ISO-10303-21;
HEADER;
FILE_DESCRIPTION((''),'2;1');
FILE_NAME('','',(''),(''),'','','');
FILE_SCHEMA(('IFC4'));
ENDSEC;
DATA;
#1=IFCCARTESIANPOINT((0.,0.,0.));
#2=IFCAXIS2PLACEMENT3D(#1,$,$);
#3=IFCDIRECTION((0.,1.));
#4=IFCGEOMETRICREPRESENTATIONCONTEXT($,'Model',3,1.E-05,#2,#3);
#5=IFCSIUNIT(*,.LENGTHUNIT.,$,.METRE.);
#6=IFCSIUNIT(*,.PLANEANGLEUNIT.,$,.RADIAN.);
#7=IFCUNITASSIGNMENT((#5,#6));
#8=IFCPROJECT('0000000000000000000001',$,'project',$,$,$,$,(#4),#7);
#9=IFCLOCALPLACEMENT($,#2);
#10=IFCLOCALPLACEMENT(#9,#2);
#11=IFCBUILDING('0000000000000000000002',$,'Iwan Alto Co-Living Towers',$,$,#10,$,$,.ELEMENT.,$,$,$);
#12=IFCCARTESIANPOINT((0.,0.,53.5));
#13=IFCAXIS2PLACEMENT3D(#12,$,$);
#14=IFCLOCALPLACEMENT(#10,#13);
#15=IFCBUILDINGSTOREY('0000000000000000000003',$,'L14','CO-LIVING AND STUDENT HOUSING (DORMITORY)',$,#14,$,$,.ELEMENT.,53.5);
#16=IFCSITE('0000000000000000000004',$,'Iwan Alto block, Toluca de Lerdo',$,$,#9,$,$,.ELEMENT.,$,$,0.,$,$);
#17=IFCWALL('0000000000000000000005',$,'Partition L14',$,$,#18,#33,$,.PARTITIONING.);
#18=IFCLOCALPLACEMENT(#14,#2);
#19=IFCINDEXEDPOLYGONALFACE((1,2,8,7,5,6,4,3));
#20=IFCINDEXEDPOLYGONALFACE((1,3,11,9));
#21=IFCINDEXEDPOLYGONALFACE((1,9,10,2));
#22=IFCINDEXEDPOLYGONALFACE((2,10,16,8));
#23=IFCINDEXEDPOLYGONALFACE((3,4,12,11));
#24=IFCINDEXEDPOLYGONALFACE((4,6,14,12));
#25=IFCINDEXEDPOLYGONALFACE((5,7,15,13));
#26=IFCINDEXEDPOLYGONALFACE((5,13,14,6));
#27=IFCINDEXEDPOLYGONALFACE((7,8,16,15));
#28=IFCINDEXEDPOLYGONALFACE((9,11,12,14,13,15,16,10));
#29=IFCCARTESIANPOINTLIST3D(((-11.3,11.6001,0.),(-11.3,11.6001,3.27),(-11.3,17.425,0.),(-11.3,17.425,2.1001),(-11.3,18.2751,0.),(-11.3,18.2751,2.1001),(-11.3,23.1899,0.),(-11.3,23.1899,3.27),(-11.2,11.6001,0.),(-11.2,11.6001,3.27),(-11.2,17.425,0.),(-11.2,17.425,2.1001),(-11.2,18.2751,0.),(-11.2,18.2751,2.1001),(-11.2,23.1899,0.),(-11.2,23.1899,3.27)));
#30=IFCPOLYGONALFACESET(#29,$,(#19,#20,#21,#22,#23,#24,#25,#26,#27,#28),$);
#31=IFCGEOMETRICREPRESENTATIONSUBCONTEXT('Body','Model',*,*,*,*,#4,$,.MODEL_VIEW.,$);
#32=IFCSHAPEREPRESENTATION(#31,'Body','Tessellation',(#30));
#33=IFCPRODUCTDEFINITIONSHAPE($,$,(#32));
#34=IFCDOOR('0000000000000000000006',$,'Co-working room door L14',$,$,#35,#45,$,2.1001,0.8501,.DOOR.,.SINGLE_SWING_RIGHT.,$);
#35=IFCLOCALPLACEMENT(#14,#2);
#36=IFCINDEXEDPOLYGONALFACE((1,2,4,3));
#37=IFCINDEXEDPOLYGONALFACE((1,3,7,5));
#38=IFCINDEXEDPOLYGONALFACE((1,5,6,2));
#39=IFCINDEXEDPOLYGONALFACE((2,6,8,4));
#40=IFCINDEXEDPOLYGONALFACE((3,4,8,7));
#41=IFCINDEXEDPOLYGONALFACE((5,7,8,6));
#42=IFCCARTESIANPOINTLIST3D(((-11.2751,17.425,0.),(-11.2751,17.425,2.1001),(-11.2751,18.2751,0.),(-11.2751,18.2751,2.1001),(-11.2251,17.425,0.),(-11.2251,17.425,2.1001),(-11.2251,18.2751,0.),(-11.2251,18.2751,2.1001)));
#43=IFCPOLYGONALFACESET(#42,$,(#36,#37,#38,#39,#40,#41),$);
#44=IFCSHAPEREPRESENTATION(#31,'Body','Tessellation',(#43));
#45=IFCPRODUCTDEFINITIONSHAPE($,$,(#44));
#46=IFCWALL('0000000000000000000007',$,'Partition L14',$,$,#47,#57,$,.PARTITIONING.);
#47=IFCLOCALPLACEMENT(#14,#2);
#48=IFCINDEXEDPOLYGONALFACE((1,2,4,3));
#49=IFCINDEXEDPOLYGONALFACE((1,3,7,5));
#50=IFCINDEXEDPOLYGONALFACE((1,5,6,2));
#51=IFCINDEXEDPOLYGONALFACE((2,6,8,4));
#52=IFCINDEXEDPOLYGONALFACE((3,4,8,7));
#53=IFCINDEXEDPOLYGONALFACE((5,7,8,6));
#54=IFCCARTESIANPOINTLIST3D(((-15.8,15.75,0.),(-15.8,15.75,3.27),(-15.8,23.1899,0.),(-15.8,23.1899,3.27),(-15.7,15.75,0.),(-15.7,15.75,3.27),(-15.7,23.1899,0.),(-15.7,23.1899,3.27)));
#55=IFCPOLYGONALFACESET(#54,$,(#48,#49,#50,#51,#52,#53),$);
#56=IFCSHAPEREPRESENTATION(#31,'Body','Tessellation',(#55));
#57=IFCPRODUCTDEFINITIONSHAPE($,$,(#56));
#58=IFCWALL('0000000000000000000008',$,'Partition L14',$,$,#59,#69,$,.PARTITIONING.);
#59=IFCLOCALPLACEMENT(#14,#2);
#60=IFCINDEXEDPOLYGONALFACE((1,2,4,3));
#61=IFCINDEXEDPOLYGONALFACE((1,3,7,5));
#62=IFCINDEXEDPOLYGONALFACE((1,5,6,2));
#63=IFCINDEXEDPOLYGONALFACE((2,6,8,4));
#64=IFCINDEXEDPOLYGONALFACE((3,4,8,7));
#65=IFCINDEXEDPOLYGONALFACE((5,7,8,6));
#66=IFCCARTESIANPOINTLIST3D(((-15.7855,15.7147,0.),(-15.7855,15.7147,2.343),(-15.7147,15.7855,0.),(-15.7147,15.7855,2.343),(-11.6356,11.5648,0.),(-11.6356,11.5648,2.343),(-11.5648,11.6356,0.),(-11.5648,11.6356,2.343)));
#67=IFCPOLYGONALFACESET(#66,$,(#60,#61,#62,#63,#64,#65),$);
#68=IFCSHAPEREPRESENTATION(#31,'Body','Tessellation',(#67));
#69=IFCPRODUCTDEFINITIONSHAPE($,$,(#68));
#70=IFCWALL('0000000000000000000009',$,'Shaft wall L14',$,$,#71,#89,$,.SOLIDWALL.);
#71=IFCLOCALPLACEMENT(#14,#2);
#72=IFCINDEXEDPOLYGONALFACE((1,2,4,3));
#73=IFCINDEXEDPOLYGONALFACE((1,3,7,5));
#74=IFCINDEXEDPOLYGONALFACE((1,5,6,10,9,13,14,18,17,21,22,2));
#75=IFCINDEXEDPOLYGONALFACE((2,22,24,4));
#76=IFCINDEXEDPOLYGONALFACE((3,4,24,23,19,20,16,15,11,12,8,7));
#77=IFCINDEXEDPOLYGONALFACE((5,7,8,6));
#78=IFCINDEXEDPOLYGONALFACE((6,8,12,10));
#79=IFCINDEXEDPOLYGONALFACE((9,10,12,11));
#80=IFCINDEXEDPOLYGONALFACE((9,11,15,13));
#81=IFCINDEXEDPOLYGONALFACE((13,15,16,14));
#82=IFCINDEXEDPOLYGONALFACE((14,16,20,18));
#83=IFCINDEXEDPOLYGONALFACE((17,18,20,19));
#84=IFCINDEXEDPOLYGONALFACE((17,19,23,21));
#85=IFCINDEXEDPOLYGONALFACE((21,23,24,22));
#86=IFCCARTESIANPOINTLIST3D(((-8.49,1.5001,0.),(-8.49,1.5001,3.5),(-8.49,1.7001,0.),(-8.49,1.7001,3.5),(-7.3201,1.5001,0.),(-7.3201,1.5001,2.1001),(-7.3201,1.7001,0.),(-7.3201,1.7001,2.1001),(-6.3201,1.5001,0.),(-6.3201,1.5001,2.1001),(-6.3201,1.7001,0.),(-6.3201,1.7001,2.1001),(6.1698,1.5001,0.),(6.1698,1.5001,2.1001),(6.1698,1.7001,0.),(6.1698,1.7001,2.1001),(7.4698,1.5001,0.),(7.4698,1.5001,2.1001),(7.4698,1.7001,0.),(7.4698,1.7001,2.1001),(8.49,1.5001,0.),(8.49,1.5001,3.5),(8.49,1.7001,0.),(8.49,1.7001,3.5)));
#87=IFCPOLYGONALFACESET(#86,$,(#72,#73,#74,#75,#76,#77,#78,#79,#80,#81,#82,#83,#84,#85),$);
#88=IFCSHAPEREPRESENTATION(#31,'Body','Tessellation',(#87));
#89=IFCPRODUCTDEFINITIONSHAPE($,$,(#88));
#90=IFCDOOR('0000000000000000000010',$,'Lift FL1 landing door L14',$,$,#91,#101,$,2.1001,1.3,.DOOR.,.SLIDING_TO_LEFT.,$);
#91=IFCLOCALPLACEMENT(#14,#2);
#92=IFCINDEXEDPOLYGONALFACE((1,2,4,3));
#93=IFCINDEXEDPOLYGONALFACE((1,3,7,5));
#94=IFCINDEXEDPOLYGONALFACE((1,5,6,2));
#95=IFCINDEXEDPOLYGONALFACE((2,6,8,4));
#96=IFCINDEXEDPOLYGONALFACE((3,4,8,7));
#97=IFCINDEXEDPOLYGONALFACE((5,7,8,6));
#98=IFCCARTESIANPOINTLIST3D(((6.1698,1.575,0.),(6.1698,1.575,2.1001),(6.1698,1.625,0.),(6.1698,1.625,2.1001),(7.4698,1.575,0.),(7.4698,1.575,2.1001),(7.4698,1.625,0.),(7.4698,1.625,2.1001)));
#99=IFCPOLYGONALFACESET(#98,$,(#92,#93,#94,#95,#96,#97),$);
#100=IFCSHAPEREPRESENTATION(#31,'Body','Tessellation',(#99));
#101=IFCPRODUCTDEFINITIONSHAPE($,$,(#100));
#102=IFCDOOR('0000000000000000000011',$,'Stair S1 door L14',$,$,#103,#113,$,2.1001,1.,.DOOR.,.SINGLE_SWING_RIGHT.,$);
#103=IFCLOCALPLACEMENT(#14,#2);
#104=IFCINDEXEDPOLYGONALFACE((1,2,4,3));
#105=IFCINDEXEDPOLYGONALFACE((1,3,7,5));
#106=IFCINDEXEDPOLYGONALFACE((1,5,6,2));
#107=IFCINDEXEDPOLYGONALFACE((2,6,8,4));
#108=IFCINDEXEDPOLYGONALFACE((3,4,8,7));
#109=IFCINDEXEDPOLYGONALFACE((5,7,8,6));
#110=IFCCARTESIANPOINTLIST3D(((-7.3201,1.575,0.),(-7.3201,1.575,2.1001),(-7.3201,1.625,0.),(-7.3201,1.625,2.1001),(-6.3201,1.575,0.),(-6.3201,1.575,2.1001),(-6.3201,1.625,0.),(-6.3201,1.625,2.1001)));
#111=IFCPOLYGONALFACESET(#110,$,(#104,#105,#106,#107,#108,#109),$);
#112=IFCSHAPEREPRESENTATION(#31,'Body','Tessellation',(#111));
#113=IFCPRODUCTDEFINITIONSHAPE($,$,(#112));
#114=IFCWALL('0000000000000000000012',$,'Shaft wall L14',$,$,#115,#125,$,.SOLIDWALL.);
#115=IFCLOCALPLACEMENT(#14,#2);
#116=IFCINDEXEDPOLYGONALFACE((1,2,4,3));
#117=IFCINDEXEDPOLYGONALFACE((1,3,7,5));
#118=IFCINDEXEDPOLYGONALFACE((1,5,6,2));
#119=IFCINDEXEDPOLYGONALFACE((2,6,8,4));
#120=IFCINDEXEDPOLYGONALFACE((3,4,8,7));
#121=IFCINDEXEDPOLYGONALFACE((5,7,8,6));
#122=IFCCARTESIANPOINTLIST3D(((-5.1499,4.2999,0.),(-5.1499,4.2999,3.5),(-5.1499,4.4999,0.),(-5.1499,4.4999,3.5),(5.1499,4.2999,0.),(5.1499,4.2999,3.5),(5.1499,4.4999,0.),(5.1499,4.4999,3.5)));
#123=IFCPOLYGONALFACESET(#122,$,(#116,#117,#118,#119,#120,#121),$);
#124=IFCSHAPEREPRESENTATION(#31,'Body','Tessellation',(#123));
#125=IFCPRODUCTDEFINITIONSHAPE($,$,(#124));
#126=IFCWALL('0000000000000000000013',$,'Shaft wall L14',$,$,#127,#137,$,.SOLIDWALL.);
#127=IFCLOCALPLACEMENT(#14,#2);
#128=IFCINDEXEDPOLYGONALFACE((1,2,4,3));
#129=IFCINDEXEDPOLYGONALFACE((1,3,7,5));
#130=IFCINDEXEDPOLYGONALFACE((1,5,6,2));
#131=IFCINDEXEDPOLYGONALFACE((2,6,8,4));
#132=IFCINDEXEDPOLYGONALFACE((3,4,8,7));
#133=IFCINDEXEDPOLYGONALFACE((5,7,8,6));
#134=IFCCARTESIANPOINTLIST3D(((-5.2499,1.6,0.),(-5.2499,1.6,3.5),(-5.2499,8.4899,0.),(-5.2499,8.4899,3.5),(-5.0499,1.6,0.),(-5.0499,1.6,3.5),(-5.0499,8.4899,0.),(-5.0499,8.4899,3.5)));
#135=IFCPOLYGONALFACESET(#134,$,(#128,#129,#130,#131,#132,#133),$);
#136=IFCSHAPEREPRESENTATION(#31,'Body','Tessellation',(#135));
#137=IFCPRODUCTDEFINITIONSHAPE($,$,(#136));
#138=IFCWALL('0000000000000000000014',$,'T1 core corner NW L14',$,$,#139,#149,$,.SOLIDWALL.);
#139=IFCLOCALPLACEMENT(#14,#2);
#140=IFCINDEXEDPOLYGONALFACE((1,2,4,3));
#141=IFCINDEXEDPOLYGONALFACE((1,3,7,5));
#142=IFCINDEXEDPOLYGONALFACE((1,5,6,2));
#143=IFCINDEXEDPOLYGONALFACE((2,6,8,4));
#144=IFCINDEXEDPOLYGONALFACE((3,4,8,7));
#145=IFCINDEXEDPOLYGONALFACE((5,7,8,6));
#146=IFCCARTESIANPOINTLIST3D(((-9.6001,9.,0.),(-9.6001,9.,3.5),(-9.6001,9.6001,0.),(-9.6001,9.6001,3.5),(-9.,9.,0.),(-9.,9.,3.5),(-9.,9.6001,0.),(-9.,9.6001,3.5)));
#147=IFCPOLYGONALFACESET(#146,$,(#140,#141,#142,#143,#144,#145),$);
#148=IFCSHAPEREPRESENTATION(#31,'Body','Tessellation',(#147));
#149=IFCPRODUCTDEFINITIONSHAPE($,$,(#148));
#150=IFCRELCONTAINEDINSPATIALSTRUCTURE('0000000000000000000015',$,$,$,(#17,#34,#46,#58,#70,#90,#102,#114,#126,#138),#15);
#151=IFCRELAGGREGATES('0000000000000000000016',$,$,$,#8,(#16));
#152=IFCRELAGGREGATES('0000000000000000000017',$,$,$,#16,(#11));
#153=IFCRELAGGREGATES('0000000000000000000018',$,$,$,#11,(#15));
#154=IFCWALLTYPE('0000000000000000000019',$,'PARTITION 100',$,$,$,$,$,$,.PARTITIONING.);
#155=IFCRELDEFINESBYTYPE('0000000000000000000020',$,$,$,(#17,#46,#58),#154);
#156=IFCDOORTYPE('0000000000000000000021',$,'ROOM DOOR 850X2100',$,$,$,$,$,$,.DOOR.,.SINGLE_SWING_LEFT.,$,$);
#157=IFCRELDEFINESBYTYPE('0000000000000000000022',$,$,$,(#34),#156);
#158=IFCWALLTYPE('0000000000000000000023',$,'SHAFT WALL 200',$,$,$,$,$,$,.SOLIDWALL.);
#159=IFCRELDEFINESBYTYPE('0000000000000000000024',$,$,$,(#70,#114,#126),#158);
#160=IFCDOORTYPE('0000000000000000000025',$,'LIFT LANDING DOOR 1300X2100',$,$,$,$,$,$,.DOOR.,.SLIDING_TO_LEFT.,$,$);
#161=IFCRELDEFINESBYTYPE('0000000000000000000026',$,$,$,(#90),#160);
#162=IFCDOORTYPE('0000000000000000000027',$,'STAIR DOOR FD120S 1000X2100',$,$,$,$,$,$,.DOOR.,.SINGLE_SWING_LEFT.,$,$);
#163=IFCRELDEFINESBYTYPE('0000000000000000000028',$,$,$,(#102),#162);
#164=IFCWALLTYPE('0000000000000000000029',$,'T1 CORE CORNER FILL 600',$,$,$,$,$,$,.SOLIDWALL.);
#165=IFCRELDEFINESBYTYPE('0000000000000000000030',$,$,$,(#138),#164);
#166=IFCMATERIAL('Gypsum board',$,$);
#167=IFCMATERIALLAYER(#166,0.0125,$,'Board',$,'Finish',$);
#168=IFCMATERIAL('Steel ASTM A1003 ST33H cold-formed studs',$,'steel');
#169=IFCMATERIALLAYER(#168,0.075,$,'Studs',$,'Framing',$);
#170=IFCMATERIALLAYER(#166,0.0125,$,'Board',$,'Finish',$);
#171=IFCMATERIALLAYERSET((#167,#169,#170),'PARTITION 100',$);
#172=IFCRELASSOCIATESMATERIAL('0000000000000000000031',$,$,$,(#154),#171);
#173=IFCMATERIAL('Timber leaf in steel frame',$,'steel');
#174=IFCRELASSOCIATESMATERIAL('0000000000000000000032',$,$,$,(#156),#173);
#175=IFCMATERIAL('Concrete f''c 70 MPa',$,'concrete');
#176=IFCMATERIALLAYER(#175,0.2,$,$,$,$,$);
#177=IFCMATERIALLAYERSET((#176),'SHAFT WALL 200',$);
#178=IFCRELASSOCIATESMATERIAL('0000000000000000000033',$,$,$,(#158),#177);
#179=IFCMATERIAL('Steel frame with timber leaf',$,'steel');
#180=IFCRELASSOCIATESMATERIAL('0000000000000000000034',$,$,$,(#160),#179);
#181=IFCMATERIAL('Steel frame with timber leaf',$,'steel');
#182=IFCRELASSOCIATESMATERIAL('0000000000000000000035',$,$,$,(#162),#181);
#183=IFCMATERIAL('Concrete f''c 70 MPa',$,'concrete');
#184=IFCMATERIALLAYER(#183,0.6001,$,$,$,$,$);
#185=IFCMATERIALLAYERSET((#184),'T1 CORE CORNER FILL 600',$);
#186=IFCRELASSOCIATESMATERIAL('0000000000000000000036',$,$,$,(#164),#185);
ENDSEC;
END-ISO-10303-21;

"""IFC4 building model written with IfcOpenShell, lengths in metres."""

from ifc_helpers import new_model, si_unit, direction, frame, frame_2d, origin, place, context, subcontext, project, spatial, rectangle, extrude, material, layer, layer_set, type_object, element, fill, save


model = new_model("IFC4")

# Units and contexts
model_context = context("Model", 3, precision=1e-05, world=origin(), true_north=direction((0.0, 1.0)))
body_context = subcontext(model_context, "Body", "Model", "MODEL_VIEW")
ifc_project = project(units=[si_unit("LENGTHUNIT", "METRE"), si_unit("PLANEANGLEUNIT", "RADIAN")], contexts=[model_context])

# Site, building, storey
site_placement = place(None, origin())
site = spatial("IfcSite", under=ifc_project, at=site_placement, Name="Iwan Alto block, Toluca de Lerdo", CompositionType="ELEMENT", RefElevation=0.0)
building_placement = place(site_placement, origin())
building = spatial("IfcBuilding", under=site, at=building_placement, Name="Iwan Alto Co-Living Towers", CompositionType="ELEMENT")
storey_placement = place(building_placement, frame((0.0, 0.0, 53.5)))
storey = spatial("IfcBuildingStorey", under=building, at=storey_placement, Name="L14", Description="CO-LIVING AND STUDENT HOUSING (DORMITORY)", CompositionType="ELEMENT", Elevation=53.5)

# Shared definitions
ifc_material_1 = material(Name="Gypsum board")
ifc_material_2 = material(Name="Steel ASTM A1003 ST33H cold-formed studs", Category="steel")

# Shared definitions
ifc_layer_1 = layer(ifc_material_1, 0.0125, Name="Board", Category="Finish")
ifc_layer_2 = layer(ifc_material_2, 0.075, Name="Studs", Category="Framing")
ifc_layer_3 = layer(ifc_material_1, 0.0125, Name="Board", Category="Finish")
ifc_layer_set_1 = layer_set([ifc_layer_1, ifc_layer_2, ifc_layer_3], Name="PARTITION 100")
wall_type_1 = type_object("IfcWallType", Name="PARTITION 100", PredefinedType="PARTITIONING", material=ifc_layer_set_1)

# Wall, opening, door
wall_1_placement = place(storey_placement, frame((-11.25, 11.6001, 0.0), z_axis=(0.0, 0.0, 1.0), x_axis=(0.0, 1.0, 0.0)))
wall_1 = element("IfcWall", 1, at=wall_1_placement, inside=storey, type_object=wall_type_1, Name="Partition L14", PredefinedType="PARTITIONING", context=body_context, shape_type="SweptSolid", body=[
    extrude(rectangle(XDim=11.5898, YDim=0.1001, at=frame_2d((5.7949, 0.0))), origin(), (0.0, 0.0, 1.0), 3.27),
])
opening_1_placement = place(wall_1_placement, frame((5.825, 0.0, 0.0)))
opening_1 = element("IfcOpeningElement", 2, at=opening_1_placement, cuts=wall_1, PredefinedType="OPENING", context=body_context, shape_type="SweptSolid", body=[
    extrude(rectangle(XDim=0.8501, YDim=2.1001, at=frame_2d((0.425, 1.05))), frame((0.0, 0.0601, 0.0), z_axis=(0.0, -1.0, 0.0), x_axis=(1.0, 0.0, 0.0)), (0.0, 0.0, 1.0), 0.1201),
])
ifc_material_3 = material(Name="Timber leaf in steel frame", Category="steel")
door_type_1 = type_object("IfcDoorType", Name="ROOM DOOR 850X2100", OperationType="SINGLE_SWING_LEFT", PredefinedType="DOOR", material=ifc_material_3)
door_1_placement = place(opening_1_placement, frame((0.8501, 0.0, 0.0), z_axis=(0.0, 0.0, 1.0), x_axis=(-1.0, 0.0, 0.0)))
door_1 = element("IfcDoor", 3, at=door_1_placement, inside=storey, type_object=door_type_1, Name="Co-working room door L14", OperationType="SINGLE_SWING_RIGHT", OverallHeight=2.1001, OverallWidth=0.8501, PredefinedType="DOOR", context=body_context, shape_type="SweptSolid", body=[
    extrude(rectangle(XDim=0.8501, YDim=2.1001, at=frame_2d((0.425, 1.05))), frame((0.0, 0.0249, 0.0), z_axis=(0.0, -1.0, 0.0), x_axis=(1.0, 0.0, 0.0)), (0.0, 0.0, 1.0), 0.05),
])
fill(opening_1, door_1)

# Walls
wall_2_placement = place(storey_placement, frame((-15.75, 15.75, 0.0), z_axis=(0.0, 0.0, 1.0), x_axis=(0.0, 1.0, 0.0)))
element("IfcWall", 4, at=wall_2_placement, inside=storey, type_object=wall_type_1, Name="Partition L14", PredefinedType="PARTITIONING", context=body_context, shape_type="SweptSolid", body=[
    extrude(rectangle(XDim=7.4399, YDim=0.1001, at=frame_2d((3.72, 0.0))), origin(), (0.0, 0.0, 1.0), 3.27),
])
wall_3_placement = place(storey_placement, frame((-11.6001, 11.6001, 0.0), z_axis=(0.0, 0.0, 1.0), x_axis=(-0.707107, 0.707107, 0.0)))
element("IfcWall", 5, at=wall_3_placement, inside=storey, type_object=wall_type_1, Name="Partition L14", PredefinedType="PARTITIONING", context=body_context, shape_type="SweptSolid", body=[
    extrude(rectangle(XDim=5.8689, YDim=0.1001, at=frame_2d((2.9346, 0.0))), origin(), (0.0, 0.0, 1.0), 2.343),
])

# Wall, openings, doors
ifc_material_4 = material(Name="Concrete f'c 70 MPa", Category="concrete")
ifc_layer_4 = layer(ifc_material_4, 0.2)
ifc_layer_set_2 = layer_set([ifc_layer_4], Name="SHAFT WALL 200")
wall_type_2 = type_object("IfcWallType", Name="SHAFT WALL 200", PredefinedType="SOLIDWALL", material=ifc_layer_set_2)
wall_4_placement = place(storey_placement, frame((-8.49, 1.6001, 0.0), z_axis=(0.0, 0.0, 1.0), x_axis=(1.0, 0.0, 0.0)))
wall_4 = element("IfcWall", 6, at=wall_4_placement, inside=storey, type_object=wall_type_2, Name="Shaft wall L14", PredefinedType="SOLIDWALL", context=body_context, shape_type="SweptSolid", body=[
    extrude(rectangle(XDim=16.98, YDim=0.2, at=frame_2d((8.49, 0.0))), origin(), (0.0, 0.0, 1.0), 3.5),
])
opening_2_placement = place(wall_4_placement, frame((1.1699, 0.0, 0.0)))
opening_2 = element("IfcOpeningElement", 7, at=opening_2_placement, cuts=wall_4, PredefinedType="OPENING", context=body_context, shape_type="SweptSolid", body=[
    extrude(rectangle(XDim=1.0, YDim=2.1001, at=frame_2d((0.5, 1.05))), frame((0.0, 0.1099, 0.0), z_axis=(0.0, -1.0, 0.0), x_axis=(1.0, 0.0, 0.0)), (0.0, 0.0, 1.0), 0.22),
])
opening_3_placement = place(wall_4_placement, frame((14.6599, 0.0, 0.0)))
opening_3 = element("IfcOpeningElement", 8, at=opening_3_placement, cuts=wall_4, PredefinedType="OPENING", context=body_context, shape_type="SweptSolid", body=[
    extrude(rectangle(XDim=1.3, YDim=2.1001, at=frame_2d((0.6499, 1.05))), frame((0.0, 0.1099, 0.0), z_axis=(0.0, -1.0, 0.0), x_axis=(1.0, 0.0, 0.0)), (0.0, 0.0, 1.0), 0.22),
])
ifc_material_5 = material(Name="Steel frame with timber leaf", Category="steel")
door_type_2 = type_object("IfcDoorType", Name="LIFT LANDING DOOR 1300X2100", OperationType="SLIDING_TO_LEFT", PredefinedType="DOOR", material=ifc_material_5)
door_2_placement = place(opening_3_placement, origin())
door_2 = element("IfcDoor", 9, at=door_2_placement, inside=storey, type_object=door_type_2, Name="Lift FL1 landing door L14", OperationType="SLIDING_TO_LEFT", OverallHeight=2.1001, OverallWidth=1.3, PredefinedType="DOOR", context=body_context, shape_type="SweptSolid", body=[
    extrude(rectangle(XDim=1.3, YDim=2.1001, at=frame_2d((0.6499, 1.05))), frame((0.0, 0.0249, 0.0), z_axis=(0.0, -1.0, 0.0), x_axis=(1.0, 0.0, 0.0)), (0.0, 0.0, 1.0), 0.05),
])
fill(opening_3, door_2)
ifc_material_6 = material(Name="Steel frame with timber leaf", Category="steel")
door_type_3 = type_object("IfcDoorType", Name="STAIR DOOR FD120S 1000X2100", OperationType="SINGLE_SWING_LEFT", PredefinedType="DOOR", material=ifc_material_6)
door_3_placement = place(opening_2_placement, origin())
door_3 = element("IfcDoor", 10, at=door_3_placement, inside=storey, type_object=door_type_3, Name="Stair S1 door L14", OperationType="SINGLE_SWING_RIGHT", OverallHeight=2.1001, OverallWidth=1.0, PredefinedType="DOOR", context=body_context, shape_type="SweptSolid", body=[
    extrude(rectangle(XDim=1.0, YDim=2.1001, at=frame_2d((0.5, 1.05))), frame((0.0, 0.0249, 0.0), z_axis=(0.0, -1.0, 0.0), x_axis=(1.0, 0.0, 0.0)), (0.0, 0.0, 1.0), 0.05),
])
fill(opening_2, door_3)

# Walls
wall_5_placement = place(storey_placement, frame((-5.1499, 4.3999, 0.0), z_axis=(0.0, 0.0, 1.0), x_axis=(1.0, 0.0, 0.0)))
element("IfcWall", 11, at=wall_5_placement, inside=storey, type_object=wall_type_2, Name="Shaft wall L14", PredefinedType="SOLIDWALL", context=body_context, shape_type="SweptSolid", body=[
    extrude(rectangle(XDim=10.2998, YDim=0.2, at=frame_2d((5.1499, 0.0))), origin(), (0.0, 0.0, 1.0), 3.5),
])
wall_6_placement = place(storey_placement, frame((-5.1499, 1.6001, 0.0), z_axis=(0.0, 0.0, 1.0), x_axis=(0.0, 1.0, 0.0)))
element("IfcWall", 12, at=wall_6_placement, inside=storey, type_object=wall_type_2, Name="Shaft wall L14", PredefinedType="SOLIDWALL", context=body_context, shape_type="SweptSolid", body=[
    extrude(rectangle(XDim=6.8899, YDim=0.2, at=frame_2d((3.4448, 0.0))), origin(), (0.0, 0.0, 1.0), 3.5),
])
ifc_material_7 = material(Name="Concrete f'c 70 MPa", Category="concrete")
ifc_layer_5 = layer(ifc_material_7, 0.6001)
ifc_layer_set_3 = layer_set([ifc_layer_5], Name="T1 CORE CORNER FILL 600")
wall_type_3 = type_object("IfcWallType", Name="T1 CORE CORNER FILL 600", PredefinedType="SOLIDWALL", material=ifc_layer_set_3)
wall_7_placement = place(storey_placement, frame((-9.6001, 9.3, 0.0), z_axis=(0.0, 0.0, 1.0), x_axis=(1.0, 0.0, 0.0)))
element("IfcWall", 13, at=wall_7_placement, inside=storey, type_object=wall_type_3, Name="T1 core corner NW L14", PredefinedType="SOLIDWALL", context=body_context, shape_type="SweptSolid", body=[
    extrude(rectangle(XDim=0.6001, YDim=0.6001, at=frame_2d((0.3, 0.0))), origin(), (0.0, 0.0, 1.0), 3.5),
])

save(model, "model.ifc")
